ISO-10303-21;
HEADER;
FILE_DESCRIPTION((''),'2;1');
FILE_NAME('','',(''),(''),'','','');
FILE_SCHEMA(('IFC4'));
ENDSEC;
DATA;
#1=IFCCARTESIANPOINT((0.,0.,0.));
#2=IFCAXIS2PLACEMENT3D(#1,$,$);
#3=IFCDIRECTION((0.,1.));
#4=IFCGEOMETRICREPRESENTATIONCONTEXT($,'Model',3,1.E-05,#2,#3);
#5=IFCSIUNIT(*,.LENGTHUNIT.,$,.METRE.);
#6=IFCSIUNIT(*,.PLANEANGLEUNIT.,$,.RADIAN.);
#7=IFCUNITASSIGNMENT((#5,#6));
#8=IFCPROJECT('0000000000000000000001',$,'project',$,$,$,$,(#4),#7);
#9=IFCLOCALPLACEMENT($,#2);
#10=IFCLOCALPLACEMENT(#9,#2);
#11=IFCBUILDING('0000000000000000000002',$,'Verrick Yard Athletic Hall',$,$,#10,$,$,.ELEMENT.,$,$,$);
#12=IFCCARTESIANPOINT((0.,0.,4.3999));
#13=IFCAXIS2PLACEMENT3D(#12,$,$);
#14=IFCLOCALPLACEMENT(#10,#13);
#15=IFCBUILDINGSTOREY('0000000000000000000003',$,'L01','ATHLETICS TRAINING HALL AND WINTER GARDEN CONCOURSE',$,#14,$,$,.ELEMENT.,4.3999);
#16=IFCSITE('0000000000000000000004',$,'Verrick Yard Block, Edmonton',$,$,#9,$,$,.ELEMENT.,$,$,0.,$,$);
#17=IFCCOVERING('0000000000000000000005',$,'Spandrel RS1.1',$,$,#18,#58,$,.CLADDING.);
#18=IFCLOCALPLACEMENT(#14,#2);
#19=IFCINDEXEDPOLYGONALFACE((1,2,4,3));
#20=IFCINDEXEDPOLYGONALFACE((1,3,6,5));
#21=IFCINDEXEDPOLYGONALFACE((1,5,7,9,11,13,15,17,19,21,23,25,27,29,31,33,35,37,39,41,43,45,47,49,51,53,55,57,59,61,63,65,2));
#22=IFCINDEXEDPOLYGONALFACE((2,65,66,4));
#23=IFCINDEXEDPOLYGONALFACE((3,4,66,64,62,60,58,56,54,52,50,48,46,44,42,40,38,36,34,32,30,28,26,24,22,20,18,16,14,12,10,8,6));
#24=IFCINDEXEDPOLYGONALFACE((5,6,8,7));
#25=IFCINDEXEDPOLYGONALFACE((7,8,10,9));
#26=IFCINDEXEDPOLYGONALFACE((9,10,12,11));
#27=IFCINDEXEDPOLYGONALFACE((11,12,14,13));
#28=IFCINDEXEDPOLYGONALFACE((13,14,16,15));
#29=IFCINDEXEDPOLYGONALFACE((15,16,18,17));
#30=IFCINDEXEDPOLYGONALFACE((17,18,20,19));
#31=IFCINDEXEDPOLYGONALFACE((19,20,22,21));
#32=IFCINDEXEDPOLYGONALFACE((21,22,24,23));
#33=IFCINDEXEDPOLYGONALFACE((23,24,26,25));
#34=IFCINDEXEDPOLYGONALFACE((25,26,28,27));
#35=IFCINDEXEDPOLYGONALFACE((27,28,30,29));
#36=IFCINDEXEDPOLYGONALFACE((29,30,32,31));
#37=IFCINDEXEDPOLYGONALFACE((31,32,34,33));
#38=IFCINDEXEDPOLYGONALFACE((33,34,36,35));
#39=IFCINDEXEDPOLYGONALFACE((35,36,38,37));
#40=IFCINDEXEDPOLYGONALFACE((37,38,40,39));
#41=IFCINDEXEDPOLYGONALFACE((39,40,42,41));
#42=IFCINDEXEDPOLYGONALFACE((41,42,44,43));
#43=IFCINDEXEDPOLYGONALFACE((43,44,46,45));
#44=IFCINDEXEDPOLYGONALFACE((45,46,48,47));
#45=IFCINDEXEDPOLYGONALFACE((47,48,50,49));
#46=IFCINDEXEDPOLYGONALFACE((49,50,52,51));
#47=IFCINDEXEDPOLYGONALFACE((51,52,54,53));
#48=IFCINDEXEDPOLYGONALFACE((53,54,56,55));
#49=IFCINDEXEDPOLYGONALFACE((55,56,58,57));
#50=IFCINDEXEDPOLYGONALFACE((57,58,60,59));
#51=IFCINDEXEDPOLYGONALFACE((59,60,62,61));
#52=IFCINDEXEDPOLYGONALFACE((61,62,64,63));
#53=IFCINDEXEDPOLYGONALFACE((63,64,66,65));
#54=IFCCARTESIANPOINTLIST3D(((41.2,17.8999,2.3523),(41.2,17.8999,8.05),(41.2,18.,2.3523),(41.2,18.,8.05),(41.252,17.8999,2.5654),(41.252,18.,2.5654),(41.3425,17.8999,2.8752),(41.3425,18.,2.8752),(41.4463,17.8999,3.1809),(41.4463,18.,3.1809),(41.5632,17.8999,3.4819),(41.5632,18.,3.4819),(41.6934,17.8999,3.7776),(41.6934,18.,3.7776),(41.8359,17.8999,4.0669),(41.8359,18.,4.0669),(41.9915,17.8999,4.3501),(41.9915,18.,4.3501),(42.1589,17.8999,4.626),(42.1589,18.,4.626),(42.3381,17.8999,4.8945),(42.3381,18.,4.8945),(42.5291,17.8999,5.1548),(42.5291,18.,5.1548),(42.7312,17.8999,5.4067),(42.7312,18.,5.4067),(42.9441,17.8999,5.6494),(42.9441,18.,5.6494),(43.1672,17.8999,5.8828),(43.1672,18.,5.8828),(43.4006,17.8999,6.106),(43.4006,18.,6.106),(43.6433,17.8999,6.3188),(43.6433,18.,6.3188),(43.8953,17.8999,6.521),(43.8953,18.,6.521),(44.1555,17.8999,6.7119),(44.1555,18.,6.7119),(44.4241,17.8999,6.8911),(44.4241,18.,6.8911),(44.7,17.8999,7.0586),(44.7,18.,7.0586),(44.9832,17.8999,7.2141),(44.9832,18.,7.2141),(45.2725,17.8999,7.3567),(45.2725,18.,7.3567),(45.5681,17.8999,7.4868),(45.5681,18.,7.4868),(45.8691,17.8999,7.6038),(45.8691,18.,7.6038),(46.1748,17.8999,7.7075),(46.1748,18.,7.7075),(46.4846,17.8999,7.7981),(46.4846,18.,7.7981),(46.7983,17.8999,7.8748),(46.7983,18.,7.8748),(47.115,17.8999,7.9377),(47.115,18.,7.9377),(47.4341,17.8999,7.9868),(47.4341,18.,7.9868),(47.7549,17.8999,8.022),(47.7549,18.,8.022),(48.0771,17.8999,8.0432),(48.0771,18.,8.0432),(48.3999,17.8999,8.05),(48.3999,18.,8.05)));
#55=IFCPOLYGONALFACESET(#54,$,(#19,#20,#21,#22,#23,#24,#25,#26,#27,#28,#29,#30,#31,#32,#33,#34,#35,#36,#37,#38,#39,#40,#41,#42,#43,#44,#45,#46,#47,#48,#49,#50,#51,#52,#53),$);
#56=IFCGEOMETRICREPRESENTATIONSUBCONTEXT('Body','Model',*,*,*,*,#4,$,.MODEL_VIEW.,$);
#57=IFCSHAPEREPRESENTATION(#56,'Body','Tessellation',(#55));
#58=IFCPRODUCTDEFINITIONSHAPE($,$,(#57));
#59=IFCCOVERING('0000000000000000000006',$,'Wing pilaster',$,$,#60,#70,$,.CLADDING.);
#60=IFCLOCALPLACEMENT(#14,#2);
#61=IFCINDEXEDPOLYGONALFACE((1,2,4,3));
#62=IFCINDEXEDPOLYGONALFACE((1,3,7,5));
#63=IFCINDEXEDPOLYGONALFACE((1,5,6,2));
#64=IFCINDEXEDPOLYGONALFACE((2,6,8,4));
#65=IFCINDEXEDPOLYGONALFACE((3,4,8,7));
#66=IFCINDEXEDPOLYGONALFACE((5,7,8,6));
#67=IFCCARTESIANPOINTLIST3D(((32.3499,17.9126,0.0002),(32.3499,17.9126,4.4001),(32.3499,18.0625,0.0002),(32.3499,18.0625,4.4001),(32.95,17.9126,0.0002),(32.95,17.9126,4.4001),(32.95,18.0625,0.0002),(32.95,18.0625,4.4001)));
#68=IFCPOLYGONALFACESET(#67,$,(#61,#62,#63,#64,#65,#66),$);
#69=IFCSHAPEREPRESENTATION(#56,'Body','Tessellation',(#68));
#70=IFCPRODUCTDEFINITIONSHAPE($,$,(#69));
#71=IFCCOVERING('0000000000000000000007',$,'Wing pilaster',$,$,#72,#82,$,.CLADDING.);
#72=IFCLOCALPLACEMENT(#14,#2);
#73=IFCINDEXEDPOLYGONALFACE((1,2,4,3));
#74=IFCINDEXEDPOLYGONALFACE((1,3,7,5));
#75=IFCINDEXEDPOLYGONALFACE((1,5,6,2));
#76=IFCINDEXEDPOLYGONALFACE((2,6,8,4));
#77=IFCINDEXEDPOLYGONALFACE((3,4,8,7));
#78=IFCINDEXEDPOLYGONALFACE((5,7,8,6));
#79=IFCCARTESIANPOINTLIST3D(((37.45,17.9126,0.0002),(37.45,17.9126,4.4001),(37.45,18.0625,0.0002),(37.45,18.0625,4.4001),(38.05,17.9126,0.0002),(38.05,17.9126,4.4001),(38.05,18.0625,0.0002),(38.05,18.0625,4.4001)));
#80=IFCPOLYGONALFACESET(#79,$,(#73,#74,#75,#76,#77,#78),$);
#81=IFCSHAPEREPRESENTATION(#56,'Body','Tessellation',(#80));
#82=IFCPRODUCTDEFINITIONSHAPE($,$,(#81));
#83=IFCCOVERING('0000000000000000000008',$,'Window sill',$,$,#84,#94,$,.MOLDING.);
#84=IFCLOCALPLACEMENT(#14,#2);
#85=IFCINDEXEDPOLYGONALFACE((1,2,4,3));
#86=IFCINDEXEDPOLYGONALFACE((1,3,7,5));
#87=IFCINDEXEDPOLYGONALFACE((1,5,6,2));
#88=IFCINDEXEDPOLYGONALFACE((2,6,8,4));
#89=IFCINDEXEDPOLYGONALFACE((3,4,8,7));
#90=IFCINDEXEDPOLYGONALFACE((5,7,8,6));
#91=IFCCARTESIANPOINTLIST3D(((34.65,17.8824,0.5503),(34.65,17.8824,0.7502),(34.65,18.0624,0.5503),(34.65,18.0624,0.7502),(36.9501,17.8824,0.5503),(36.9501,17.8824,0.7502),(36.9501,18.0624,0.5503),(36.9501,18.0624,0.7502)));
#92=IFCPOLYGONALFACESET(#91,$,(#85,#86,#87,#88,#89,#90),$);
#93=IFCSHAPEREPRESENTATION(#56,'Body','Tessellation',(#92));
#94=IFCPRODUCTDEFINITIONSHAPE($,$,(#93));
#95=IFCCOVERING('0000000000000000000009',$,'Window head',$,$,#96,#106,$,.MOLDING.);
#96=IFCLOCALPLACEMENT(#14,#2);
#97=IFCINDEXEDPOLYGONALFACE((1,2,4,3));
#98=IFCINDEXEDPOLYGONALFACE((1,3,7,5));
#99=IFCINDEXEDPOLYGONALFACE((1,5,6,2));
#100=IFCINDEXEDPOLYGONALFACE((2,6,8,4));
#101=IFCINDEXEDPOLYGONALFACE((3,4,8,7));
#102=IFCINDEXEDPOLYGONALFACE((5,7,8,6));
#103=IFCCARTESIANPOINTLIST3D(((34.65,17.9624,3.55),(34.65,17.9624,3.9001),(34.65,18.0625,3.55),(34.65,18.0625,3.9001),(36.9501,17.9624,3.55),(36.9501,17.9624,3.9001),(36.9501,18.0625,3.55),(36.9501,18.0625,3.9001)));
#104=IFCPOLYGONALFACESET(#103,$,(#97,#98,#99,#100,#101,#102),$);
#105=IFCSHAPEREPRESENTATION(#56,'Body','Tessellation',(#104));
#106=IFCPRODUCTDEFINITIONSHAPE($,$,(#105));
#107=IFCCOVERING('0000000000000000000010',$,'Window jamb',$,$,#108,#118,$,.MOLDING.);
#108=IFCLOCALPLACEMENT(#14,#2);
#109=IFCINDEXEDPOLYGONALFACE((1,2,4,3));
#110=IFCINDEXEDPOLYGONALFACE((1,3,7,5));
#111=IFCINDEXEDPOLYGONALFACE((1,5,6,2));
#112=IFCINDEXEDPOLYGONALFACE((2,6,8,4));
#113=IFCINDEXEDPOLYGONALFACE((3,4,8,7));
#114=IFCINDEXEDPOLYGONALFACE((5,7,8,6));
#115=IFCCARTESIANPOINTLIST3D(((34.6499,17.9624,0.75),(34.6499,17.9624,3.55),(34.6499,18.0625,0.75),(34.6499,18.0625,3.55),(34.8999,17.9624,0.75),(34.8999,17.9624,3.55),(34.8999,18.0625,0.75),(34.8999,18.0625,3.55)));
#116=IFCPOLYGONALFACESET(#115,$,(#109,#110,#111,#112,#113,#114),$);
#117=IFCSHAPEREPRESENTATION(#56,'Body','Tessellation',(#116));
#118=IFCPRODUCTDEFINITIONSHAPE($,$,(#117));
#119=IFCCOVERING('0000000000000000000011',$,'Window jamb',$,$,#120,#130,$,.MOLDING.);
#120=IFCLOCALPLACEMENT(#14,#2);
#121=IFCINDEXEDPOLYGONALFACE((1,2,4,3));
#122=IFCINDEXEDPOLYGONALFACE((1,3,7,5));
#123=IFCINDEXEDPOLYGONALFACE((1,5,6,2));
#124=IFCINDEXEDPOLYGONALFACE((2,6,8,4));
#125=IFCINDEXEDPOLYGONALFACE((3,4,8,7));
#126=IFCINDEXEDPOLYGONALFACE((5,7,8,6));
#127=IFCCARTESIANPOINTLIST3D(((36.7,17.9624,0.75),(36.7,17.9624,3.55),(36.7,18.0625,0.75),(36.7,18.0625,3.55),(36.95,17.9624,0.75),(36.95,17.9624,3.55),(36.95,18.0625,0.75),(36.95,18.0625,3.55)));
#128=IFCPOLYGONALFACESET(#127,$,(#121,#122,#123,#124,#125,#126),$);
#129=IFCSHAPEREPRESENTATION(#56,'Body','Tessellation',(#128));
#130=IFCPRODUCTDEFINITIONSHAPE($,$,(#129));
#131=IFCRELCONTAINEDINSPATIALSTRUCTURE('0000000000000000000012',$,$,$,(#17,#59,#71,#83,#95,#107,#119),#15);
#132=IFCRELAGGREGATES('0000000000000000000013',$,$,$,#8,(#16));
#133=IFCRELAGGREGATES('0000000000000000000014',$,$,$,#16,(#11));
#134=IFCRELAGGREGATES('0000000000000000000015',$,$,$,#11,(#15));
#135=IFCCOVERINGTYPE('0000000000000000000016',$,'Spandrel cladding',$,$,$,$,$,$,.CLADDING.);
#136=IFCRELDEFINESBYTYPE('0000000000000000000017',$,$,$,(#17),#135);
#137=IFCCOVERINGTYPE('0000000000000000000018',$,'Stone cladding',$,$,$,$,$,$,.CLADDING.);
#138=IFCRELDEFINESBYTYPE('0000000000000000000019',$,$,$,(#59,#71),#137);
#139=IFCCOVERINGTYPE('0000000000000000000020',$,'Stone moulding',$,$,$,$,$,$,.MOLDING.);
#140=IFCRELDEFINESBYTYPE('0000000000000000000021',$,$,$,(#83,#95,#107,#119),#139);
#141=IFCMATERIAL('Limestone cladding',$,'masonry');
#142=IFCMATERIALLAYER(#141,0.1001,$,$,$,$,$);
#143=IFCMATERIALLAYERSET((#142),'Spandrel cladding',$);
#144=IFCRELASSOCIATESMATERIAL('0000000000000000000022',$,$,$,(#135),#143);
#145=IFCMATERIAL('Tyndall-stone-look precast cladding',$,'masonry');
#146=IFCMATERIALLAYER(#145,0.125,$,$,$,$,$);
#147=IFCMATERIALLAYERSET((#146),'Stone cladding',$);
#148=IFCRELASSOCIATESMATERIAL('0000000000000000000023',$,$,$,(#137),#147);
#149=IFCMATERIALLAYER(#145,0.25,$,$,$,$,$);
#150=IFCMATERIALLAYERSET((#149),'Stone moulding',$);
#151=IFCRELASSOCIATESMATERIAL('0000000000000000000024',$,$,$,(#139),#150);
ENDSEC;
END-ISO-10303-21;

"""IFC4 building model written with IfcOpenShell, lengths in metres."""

from ifc_helpers import new_model, si_unit, direction, frame, origin, origin_2d, place, context, subcontext, project, spatial, polyline, rectangle, outline, extrude, material, layer, layer_set, type_object, element, save


model = new_model("IFC4")

# Units and contexts
model_context = context("Model", 3, precision=1e-05, world=origin(), true_north=direction((0.0, 1.0)))
body_context = subcontext(model_context, "Body", "Model", "MODEL_VIEW")
ifc_project = project(units=[si_unit("LENGTHUNIT", "METRE"), si_unit("PLANEANGLEUNIT", "RADIAN")], contexts=[model_context])

# Site, building, storey
site_placement = place(None, origin())
site = spatial("IfcSite", under=ifc_project, at=site_placement, Name="Verrick Yard Block, Edmonton", CompositionType="ELEMENT", RefElevation=0.0)
building_placement = place(site_placement, origin())
building = spatial("IfcBuilding", under=site, at=building_placement, Name="Verrick Yard Athletic Hall", CompositionType="ELEMENT")
storey_placement = place(building_placement, frame((0.0, 0.0, 4.3999)))
storey = spatial("IfcBuildingStorey", under=building, at=storey_placement, Name="L01", Description="ATHLETICS TRAINING HALL AND WINTER GARDEN CONCOURSE", CompositionType="ELEMENT", Elevation=4.3999)

# Coverings
ifc_material_1 = material(Name="Limestone cladding", Category="masonry")
ifc_layer_1 = layer(ifc_material_1, 0.1001)
ifc_layer_set_1 = layer_set([ifc_layer_1], Name="Spandrel cladding")
covering_type_1 = type_object("IfcCoveringType", Name="Spandrel cladding", PredefinedType="CLADDING", material=ifc_layer_set_1)
covering_1_placement = place(storey_placement, frame((41.2, 17.95, 2.3523), z_axis=(0.0, 0.0, 1.0), x_axis=(1.0, 0.0, 0.0)))
element("IfcCovering", 1, at=covering_1_placement, inside=storey, type_object=covering_type_1, Name="Spandrel RS1.1", PredefinedType="CLADDING", context=body_context, shape_type="SweptSolid", body=[
    extrude(outline(polyline([(0.0, 0.0), (0.052, 0.2131), (0.1426, 0.5229), (0.2463, 0.8286), (0.3633, 1.1296), (0.4934, 1.4253), (0.636, 1.7146), (0.7915, 1.9978), (0.959, 2.2737), (1.1382, 2.5422), (1.3291, 2.8025), (1.5312, 3.0544), (1.7441, 3.2971), (1.9673, 3.5305), (2.2007, 3.7537), (2.4434, 3.9666), (2.6953, 4.1687), (2.9556, 4.3596), (3.2241, 4.5388), (3.5, 4.7063), (3.7832, 4.8618), (4.0725, 5.0044), (4.3682, 5.1345), (4.6692, 5.2515), (4.9749, 5.3552), (5.2847, 5.4458), (5.5984, 5.5225), (5.915, 5.5854), (6.2341, 5.6345), (6.5549, 5.6697), (6.8772, 5.6909), (7.2, 5.6978), (0.0, 5.6978), (0.0, 0.0)])), frame((0.0, 0.05, 0.0), z_axis=(0.0, -1.0, 0.0), x_axis=(1.0, 0.0, 0.0)), (0.0, 0.0, 1.0), 0.1001),
])
ifc_material_2 = material(Name="Tyndall-stone-look precast cladding", Category="masonry")
ifc_layer_2 = layer(ifc_material_2, 0.125)
ifc_layer_set_2 = layer_set([ifc_layer_2], Name="Stone cladding")
covering_type_2 = type_object("IfcCoveringType", Name="Stone cladding", PredefinedType="CLADDING", material=ifc_layer_set_2)
for number, where, z_axis, x_axis, name in (
    (2, (32.6499, 17.9875, 0.0002), (0.0, 0.0, 1.0), (1.0, 0.0, 0.0), "Wing pilaster"),
    (3, (37.75, 17.9875, 0.0002), (0.0, 0.0, 1.0), (1.0, 0.0, 0.0), "Wing pilaster"),
):
    element("IfcCovering", number, at=place(storey_placement, frame(where, z_axis=z_axis, x_axis=x_axis)), inside=storey, type_object=covering_type_2, Name=name, PredefinedType="CLADDING", context=body_context, shape_type="SweptSolid", body=[
        extrude(rectangle(XDim=0.6001, YDim=0.1499, at=origin_2d()), origin(), (0.0, 0.0, 1.0), 4.3999),
    ])
ifc_layer_3 = layer(ifc_material_2, 0.25)
ifc_layer_set_3 = layer_set([ifc_layer_3], Name="Stone moulding")
covering_type_3 = type_object("IfcCoveringType", Name="Stone moulding", PredefinedType="MOLDING", material=ifc_layer_set_3)
covering_2_placement = place(storey_placement, frame((35.8, 17.9724, 0.5503), z_axis=(0.0, 0.0, 1.0), x_axis=(1.0, 0.0, 0.0)))
element("IfcCovering", 4, at=covering_2_placement, inside=storey, type_object=covering_type_3, Name="Window sill", PredefinedType="MOLDING", context=body_context, shape_type="SweptSolid", body=[
    extrude(rectangle(XDim=2.3, YDim=0.1799, at=origin_2d()), origin(), (0.0, 0.0, 1.0), 0.2),
])
covering_3_placement = place(storey_placement, frame((35.8, 18.0125, 3.55), z_axis=(0.0, 0.0, 1.0), x_axis=(1.0, 0.0, 0.0)))
element("IfcCovering", 5, at=covering_3_placement, inside=storey, type_object=covering_type_3, Name="Window head", PredefinedType="MOLDING", context=body_context, shape_type="SweptSolid", body=[
    extrude(rectangle(XDim=2.3, YDim=0.1001, at=origin_2d()), origin(), (0.0, 0.0, 1.0), 0.3501),
])
for number, where, z_axis, x_axis, name in (
    (6, (34.7749, 18.0125, 0.75), (0.0, 0.0, 1.0), (1.0, 0.0, 0.0), "Window jamb"),
    (7, (36.825, 18.0125, 0.75), (0.0, 0.0, 1.0), (1.0, 0.0, 0.0), "Window jamb"),
):
    element("IfcCovering", number, at=place(storey_placement, frame(where, z_axis=z_axis, x_axis=x_axis)), inside=storey, type_object=covering_type_3, Name=name, PredefinedType="MOLDING", context=body_context, shape_type="SweptSolid", body=[
        extrude(rectangle(XDim=0.25, YDim=0.1001, at=origin_2d()), origin(), (0.0, 0.0, 1.0), 2.8),
    ])

save(model, "model.ifc")
